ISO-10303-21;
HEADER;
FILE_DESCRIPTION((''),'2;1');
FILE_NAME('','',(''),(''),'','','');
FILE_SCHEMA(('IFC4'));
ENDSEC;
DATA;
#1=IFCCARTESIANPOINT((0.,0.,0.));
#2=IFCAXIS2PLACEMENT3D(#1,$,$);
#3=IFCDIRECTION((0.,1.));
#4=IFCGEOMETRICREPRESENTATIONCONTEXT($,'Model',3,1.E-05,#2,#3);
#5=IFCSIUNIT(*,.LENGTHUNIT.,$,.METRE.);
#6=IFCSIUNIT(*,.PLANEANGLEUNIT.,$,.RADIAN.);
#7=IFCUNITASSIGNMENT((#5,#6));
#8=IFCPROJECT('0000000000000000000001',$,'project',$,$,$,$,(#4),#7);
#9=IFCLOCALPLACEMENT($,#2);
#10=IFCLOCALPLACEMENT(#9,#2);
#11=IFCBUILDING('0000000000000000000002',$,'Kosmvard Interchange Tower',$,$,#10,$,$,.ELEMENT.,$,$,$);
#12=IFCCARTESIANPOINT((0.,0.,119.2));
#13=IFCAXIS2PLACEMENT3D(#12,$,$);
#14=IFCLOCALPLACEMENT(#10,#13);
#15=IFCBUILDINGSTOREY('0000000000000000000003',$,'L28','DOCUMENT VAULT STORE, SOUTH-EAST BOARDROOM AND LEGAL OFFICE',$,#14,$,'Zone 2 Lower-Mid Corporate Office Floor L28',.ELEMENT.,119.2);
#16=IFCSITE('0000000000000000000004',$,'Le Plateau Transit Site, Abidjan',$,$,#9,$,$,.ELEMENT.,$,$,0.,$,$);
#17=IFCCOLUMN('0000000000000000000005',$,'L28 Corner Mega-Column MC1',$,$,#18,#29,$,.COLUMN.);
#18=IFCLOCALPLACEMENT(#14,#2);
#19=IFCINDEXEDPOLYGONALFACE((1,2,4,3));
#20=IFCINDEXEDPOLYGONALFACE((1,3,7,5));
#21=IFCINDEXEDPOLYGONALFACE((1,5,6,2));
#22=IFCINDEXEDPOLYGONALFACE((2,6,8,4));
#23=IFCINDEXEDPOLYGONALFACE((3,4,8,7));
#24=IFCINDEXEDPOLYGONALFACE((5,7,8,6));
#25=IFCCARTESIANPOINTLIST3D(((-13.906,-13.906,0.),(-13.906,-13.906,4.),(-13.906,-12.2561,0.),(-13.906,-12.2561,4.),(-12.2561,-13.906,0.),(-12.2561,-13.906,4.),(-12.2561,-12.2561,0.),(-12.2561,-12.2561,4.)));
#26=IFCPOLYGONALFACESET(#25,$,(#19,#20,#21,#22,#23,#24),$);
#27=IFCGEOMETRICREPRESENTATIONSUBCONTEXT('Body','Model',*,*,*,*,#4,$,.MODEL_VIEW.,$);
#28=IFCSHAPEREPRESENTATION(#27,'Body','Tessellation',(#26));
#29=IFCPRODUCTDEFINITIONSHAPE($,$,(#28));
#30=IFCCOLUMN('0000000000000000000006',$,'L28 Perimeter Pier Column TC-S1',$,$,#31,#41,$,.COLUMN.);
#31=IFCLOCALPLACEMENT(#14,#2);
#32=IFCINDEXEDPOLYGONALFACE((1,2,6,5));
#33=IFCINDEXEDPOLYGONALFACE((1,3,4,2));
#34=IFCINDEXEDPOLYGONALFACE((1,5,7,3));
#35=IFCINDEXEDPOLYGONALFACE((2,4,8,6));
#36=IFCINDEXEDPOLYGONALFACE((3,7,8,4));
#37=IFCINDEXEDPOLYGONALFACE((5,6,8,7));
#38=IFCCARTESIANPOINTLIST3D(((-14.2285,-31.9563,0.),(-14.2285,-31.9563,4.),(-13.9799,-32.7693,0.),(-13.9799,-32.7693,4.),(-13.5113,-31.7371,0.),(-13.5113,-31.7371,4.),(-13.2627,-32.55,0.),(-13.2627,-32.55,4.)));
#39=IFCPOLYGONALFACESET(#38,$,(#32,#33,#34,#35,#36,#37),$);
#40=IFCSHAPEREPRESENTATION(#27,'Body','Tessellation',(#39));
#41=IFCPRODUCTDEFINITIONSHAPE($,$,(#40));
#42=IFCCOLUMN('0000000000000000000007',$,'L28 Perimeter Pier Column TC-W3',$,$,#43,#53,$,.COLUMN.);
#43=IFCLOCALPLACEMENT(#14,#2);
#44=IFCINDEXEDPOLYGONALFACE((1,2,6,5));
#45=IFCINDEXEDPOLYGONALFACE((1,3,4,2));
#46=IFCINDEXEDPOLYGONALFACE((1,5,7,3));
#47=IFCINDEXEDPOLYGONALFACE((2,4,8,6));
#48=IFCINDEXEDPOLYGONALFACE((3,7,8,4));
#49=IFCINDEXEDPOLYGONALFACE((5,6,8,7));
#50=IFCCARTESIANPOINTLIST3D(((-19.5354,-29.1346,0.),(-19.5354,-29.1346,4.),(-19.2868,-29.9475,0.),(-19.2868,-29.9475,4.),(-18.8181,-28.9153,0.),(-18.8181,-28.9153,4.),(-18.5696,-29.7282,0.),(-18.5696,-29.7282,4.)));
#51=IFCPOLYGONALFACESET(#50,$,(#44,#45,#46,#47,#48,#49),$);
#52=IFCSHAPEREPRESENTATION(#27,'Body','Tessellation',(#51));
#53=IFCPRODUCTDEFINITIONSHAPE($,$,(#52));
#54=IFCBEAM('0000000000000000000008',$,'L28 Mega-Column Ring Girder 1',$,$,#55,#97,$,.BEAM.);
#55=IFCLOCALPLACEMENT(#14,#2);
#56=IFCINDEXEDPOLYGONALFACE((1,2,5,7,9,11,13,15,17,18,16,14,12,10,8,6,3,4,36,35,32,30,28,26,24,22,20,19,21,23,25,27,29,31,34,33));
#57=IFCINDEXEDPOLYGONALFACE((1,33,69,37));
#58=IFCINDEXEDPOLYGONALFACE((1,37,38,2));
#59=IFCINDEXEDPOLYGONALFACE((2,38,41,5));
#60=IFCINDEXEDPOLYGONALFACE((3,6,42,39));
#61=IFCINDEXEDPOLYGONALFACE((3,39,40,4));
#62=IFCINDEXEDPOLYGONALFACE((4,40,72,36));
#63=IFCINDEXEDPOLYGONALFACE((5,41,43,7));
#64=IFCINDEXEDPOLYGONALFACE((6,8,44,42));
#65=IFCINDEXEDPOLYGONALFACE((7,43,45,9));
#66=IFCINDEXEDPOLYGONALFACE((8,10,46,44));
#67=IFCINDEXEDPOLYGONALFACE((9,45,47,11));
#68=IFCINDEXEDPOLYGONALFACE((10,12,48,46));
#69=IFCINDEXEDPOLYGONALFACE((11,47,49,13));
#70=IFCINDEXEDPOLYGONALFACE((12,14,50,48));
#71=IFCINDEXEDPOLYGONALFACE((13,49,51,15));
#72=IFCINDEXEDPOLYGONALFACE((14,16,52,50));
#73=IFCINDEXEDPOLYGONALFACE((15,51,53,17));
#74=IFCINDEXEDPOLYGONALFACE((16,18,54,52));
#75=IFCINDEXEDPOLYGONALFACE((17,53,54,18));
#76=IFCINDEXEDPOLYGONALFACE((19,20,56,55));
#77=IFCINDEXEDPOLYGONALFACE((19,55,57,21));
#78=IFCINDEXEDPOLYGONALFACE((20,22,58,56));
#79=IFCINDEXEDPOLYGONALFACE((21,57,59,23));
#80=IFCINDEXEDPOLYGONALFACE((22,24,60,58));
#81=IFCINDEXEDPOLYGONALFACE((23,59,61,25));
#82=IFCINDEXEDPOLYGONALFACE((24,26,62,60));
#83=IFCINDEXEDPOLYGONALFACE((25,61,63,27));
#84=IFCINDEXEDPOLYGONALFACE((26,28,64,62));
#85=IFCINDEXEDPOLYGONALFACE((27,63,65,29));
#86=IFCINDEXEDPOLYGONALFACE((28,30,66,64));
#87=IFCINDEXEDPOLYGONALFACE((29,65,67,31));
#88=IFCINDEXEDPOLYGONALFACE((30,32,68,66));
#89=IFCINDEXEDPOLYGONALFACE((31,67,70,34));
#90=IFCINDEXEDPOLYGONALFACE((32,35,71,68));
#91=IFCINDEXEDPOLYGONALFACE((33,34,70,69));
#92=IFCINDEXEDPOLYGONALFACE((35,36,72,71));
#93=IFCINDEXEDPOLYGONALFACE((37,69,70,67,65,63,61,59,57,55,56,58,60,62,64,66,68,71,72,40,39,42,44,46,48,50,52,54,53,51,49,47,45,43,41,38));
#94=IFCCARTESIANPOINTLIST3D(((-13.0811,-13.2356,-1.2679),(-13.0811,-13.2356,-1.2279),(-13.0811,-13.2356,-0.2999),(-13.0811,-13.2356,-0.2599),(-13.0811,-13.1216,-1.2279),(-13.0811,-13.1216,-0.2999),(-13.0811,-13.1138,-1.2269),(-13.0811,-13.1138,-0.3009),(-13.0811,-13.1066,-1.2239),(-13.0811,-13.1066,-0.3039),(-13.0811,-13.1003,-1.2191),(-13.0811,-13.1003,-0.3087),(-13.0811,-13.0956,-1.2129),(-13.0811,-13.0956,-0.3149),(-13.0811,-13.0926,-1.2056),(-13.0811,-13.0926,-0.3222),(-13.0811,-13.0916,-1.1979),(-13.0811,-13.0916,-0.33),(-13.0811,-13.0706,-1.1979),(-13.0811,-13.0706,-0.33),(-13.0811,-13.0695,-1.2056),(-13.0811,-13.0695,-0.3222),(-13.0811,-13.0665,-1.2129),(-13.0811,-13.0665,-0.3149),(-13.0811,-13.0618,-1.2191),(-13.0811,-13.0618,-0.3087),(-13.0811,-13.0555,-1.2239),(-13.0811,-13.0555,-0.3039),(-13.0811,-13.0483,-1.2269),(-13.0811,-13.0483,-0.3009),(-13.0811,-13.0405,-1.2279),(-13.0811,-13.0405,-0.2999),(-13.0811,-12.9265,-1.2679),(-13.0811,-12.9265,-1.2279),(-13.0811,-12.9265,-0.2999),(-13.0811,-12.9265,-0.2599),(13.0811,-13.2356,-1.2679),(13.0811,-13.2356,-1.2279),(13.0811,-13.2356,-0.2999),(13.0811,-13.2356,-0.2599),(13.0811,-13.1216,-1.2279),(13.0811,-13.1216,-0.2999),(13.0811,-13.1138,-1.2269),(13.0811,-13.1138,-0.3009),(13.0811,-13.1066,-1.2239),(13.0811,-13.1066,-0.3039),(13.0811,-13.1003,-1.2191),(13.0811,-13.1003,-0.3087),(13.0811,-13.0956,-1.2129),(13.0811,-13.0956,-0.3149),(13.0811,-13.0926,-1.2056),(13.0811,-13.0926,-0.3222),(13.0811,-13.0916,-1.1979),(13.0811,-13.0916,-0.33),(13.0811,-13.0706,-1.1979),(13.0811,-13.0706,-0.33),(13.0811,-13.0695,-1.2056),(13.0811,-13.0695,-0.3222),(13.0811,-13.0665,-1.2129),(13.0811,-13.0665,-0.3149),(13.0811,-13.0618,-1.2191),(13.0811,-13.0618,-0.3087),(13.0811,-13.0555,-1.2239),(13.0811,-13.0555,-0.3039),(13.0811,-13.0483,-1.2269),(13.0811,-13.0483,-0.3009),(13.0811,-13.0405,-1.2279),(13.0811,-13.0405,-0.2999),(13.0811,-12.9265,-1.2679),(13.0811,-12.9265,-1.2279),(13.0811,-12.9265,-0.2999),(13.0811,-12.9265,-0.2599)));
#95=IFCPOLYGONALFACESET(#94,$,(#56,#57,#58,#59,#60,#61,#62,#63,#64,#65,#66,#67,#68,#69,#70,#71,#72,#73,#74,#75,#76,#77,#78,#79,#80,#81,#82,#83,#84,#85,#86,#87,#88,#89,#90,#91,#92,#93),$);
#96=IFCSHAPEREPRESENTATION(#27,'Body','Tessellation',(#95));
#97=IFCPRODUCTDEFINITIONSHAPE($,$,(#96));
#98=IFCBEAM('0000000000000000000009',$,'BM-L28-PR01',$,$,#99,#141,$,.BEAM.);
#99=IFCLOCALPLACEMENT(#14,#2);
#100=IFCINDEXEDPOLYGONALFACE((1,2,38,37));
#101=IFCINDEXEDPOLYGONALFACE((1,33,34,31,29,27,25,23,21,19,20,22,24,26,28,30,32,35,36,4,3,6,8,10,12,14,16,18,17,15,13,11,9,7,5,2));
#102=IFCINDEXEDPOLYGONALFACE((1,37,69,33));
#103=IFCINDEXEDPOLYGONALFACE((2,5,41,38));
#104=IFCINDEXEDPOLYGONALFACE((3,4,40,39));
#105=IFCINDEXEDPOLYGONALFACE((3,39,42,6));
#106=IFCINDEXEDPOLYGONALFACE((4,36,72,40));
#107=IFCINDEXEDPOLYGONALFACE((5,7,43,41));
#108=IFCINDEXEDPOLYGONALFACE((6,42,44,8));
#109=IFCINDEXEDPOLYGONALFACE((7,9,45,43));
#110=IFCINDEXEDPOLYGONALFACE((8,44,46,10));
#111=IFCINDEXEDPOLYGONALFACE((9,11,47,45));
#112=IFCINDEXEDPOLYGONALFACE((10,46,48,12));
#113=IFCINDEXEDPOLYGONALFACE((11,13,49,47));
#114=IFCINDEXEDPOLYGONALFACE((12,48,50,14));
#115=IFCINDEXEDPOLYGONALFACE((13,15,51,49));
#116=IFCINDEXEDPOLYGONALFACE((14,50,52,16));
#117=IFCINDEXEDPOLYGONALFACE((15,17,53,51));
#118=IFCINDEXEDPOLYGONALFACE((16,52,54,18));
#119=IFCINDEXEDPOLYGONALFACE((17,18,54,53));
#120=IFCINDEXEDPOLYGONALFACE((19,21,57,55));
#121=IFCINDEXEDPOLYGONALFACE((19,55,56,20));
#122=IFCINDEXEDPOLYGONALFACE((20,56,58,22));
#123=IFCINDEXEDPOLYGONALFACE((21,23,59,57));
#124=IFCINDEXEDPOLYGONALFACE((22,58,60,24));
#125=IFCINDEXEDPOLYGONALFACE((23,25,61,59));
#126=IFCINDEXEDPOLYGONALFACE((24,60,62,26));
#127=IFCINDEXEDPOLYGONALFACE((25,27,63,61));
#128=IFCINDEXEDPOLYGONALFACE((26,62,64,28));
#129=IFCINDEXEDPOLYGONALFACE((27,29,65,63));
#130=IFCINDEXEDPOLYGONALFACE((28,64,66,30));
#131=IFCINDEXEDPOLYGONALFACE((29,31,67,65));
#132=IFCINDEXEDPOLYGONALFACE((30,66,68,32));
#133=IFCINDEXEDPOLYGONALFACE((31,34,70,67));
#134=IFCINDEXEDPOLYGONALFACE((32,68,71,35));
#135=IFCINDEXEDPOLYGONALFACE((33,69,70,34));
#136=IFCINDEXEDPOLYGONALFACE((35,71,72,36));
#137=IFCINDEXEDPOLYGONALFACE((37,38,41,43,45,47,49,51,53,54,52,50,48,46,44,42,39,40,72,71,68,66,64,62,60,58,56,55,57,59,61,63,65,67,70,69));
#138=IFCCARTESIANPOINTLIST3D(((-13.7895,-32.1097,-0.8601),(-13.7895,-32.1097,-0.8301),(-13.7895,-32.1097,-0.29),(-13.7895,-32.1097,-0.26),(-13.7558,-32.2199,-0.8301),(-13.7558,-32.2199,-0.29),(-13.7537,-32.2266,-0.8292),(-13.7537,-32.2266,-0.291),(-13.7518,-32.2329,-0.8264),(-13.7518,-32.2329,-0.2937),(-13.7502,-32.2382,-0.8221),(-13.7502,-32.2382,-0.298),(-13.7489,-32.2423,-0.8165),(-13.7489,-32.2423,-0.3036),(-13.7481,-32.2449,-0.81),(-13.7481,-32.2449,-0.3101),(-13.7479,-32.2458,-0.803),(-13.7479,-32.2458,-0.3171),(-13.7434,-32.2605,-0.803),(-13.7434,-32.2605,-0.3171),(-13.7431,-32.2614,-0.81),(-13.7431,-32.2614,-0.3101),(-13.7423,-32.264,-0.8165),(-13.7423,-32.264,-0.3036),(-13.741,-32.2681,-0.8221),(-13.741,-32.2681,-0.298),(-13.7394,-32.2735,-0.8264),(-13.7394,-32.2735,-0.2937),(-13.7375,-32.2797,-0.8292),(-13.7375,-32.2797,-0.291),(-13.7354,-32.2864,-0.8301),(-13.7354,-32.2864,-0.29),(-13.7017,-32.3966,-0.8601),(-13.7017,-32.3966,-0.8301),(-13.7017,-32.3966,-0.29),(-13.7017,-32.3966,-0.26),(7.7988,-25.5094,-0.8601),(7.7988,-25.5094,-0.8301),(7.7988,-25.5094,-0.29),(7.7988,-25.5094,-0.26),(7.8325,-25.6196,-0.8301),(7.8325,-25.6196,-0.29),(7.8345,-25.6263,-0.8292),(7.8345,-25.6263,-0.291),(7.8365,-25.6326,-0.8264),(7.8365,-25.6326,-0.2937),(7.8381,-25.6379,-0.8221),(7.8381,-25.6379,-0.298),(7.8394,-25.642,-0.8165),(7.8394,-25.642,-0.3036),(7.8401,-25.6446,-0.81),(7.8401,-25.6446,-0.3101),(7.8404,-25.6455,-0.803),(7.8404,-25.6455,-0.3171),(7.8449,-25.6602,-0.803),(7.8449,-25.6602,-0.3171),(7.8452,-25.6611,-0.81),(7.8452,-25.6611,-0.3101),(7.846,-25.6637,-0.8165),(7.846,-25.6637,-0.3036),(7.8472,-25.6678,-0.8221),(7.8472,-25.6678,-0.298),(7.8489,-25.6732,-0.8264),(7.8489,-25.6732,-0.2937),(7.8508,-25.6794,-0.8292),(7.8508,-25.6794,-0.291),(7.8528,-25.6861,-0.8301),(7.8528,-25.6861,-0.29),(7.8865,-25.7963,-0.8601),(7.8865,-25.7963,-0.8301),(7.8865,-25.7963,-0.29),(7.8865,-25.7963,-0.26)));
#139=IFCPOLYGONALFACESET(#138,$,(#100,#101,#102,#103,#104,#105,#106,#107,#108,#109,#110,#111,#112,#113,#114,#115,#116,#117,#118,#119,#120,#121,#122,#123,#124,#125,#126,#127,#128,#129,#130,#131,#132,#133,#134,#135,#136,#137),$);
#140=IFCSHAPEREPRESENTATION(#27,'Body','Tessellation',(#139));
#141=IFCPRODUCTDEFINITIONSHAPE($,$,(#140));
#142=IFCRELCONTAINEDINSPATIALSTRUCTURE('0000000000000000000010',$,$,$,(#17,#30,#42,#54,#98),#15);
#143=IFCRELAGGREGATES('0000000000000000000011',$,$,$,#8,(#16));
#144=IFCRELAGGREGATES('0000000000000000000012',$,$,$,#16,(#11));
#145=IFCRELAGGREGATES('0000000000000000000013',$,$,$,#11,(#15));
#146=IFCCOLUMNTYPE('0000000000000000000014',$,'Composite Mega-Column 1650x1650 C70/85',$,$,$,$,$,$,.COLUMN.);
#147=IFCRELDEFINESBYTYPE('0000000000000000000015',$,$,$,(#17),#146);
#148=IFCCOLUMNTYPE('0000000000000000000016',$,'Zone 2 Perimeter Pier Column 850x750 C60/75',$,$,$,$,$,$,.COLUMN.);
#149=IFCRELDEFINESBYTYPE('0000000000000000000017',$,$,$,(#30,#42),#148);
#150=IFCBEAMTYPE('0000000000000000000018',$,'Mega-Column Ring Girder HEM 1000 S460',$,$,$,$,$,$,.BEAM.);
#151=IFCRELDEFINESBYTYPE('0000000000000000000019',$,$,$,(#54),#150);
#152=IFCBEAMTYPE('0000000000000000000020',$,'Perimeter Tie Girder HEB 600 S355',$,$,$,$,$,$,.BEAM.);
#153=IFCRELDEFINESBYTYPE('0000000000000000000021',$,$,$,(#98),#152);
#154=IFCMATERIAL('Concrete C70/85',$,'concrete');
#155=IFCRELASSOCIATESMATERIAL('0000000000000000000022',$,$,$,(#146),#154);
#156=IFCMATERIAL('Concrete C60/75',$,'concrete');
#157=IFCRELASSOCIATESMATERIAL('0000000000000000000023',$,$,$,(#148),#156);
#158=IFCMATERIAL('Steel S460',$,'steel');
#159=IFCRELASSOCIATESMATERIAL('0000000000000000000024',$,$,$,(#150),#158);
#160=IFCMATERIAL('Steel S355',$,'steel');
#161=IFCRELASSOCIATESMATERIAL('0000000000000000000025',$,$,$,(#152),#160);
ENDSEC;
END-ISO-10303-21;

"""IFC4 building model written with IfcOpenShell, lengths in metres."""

from ifc_helpers import new_model, si_unit, direction, frame, origin, origin_2d, place, context, subcontext, project, spatial, rectangle, i_section, extrude, source, transform, mapped, material, material_profile, profile_set, type_object, element, save


model = new_model("IFC4")

# Units and contexts
model_context = context("Model", 3, precision=1e-05, world=origin(), true_north=direction((0.0, 1.0)))
body_context = subcontext(model_context, "Body", "Model", "MODEL_VIEW")
ifc_project = project(units=[si_unit("LENGTHUNIT", "METRE"), si_unit("PLANEANGLEUNIT", "RADIAN")], contexts=[model_context])

# Site, building, storey
site_placement = place(None, origin())
site = spatial("IfcSite", under=ifc_project, at=site_placement, Name="Le Plateau Transit Site, Abidjan", CompositionType="ELEMENT", RefElevation=0.0)
building_placement = place(site_placement, origin())
building = spatial("IfcBuilding", under=site, at=building_placement, Name="Kosmvard Interchange Tower", CompositionType="ELEMENT")
storey_placement = place(building_placement, frame((0.0, 0.0, 119.2)))
storey = spatial("IfcBuildingStorey", under=building, at=storey_placement, Name="L28", Description="DOCUMENT VAULT STORE, SOUTH-EAST BOARDROOM AND LEGAL OFFICE", LongName="Zone 2 Lower-Mid Corporate Office Floor L28", CompositionType="ELEMENT", Elevation=119.2)

# Columns
ifc_material_1 = material(Name="Concrete C70/85", Category="concrete")
ifc_material_profile_1 = material_profile(ifc_material_1, rectangle(XDim=1.6499, YDim=1.6499, at=origin_2d()), Name="MC 1650x1650")
ifc_profile_set_1 = profile_set([ifc_material_profile_1], Name="Concrete C70/85")
column_type_1 = type_object("IfcColumnType", Name="Composite Mega-Column 1650x1650 C70/85", PredefinedType="COLUMN", material=ifc_profile_set_1)
shared_shape_1 = source(origin(), body_context, "Body", "SweptSolid", [
    extrude(rectangle(XDim=1.6499, YDim=1.6499, at=origin_2d()), origin(), (0.0, 0.0, 1.0), 4.0),
])
column_placement = place(storey_placement, frame((-13.0811, -13.0811, 0.0), z_axis=(0.0, 0.0, 1.0), x_axis=(1.0, 0.0, 0.0)))
element("IfcColumn", 1, at=column_placement, inside=storey, type_object=column_type_1, Name="L28 Corner Mega-Column MC1", PredefinedType="COLUMN", context=body_context, shape_type="MappedRepresentation", body=[
    mapped(shared_shape_1, transform((0.0, 0.0, 0.0), scale=1.0)),
])
ifc_material_2 = material(Name="Concrete C60/75", Category="concrete")
ifc_material_profile_2 = material_profile(ifc_material_2, rectangle(XDim=0.75, YDim=0.8501, at=origin_2d()), Name="TC 850x750")
ifc_profile_set_2 = profile_set([ifc_material_profile_2], Name="Concrete C60/75")
column_type_2 = type_object("IfcColumnType", Name="Zone 2 Perimeter Pier Column 850x750 C60/75", PredefinedType="COLUMN", material=ifc_profile_set_2)
shared_shape_2 = source(origin(), body_context, "Body", "SweptSolid", [
    extrude(rectangle(XDim=0.75, YDim=0.8501, at=origin_2d()), origin(), (0.0, 0.0, 1.0), 4.0),
])
for number, where, z_axis, x_axis, name in (
    (2, (-13.7456, -32.2532, 0.0), (0.0, 0.0, 1.0), (0.956305, 0.292372, 0.0), "L28 Perimeter Pier Column TC-S1"),
    (3, (-19.0525, -29.4314, 0.0), (0.0, 0.0, 1.0), (0.956305, 0.292372, 0.0), "L28 Perimeter Pier Column TC-W3"),
):
    element("IfcColumn", number, at=place(storey_placement, frame(where, z_axis=z_axis, x_axis=x_axis)), inside=storey, type_object=column_type_2, Name=name, PredefinedType="COLUMN", context=body_context, shape_type="MappedRepresentation", body=[
        mapped(shared_shape_2, transform((0.0, 0.0, 0.0), scale=1.0)),
    ])

# Beams
ifc_material_3 = material(Name="Steel S460", Category="steel")
ifc_material_profile_3 = material_profile(ifc_material_3, i_section(OverallWidth=0.3091, OverallDepth=1.0081, WebThickness=0.021, FlangeThickness=0.04, FilletRadius=0.03, at=origin_2d()), Name="HEM 1000")
ifc_profile_set_3 = profile_set([ifc_material_profile_3], Name="Steel S460")
beam_type_1 = type_object("IfcBeamType", Name="Mega-Column Ring Girder HEM 1000 S460", PredefinedType="BEAM", material=ifc_profile_set_3)
shared_shape_3 = source(origin(), body_context, "Body", "SweptSolid", [
    extrude(i_section(OverallWidth=0.3091, OverallDepth=1.0081, WebThickness=0.021, FlangeThickness=0.04, FilletRadius=0.03, at=origin_2d()), origin(), (0.0, 0.0, 1.0), 26.1621),
])
beam_1_placement = place(storey_placement, frame((-13.0811, -13.0811, -0.7639), z_axis=(1.0, 0.0, 0.0), x_axis=(0.0, 1.0, 0.0)))
element("IfcBeam", 4, at=beam_1_placement, inside=storey, type_object=beam_type_1, Name="L28 Mega-Column Ring Girder 1", PredefinedType="BEAM", context=body_context, shape_type="MappedRepresentation", body=[
    mapped(shared_shape_3, transform((0.0, 0.0, 0.0), scale=1.0)),
])
ifc_material_4 = material(Name="Steel S355", Category="steel")
ifc_material_profile_4 = material_profile(ifc_material_4, i_section(OverallWidth=0.3, OverallDepth=0.6001, WebThickness=0.0154, FlangeThickness=0.03, FilletRadius=0.0271, at=origin_2d()), Name="HEB 600")
ifc_profile_set_4 = profile_set([ifc_material_profile_4], Name="Steel S355")
beam_type_2 = type_object("IfcBeamType", Name="Perimeter Tie Girder HEB 600 S355", PredefinedType="BEAM", material=ifc_profile_set_4)
shared_shape_4 = source(origin(), body_context, "Body", "SweptSolid", [
    extrude(i_section(OverallWidth=0.3, OverallDepth=0.6001, WebThickness=0.0154, FlangeThickness=0.03, FilletRadius=0.0271, at=origin_2d()), origin(), (0.0, 0.0, 1.0), 22.5747),
])
beam_2_placement = place(storey_placement, frame((-13.7456, -32.2532, -0.5601), z_axis=(0.956303, 0.292376, 0.0), x_axis=(-0.292376, 0.956303, 0.0)))
element("IfcBeam", 5, at=beam_2_placement, inside=storey, type_object=beam_type_2, Name="BM-L28-PR01", PredefinedType="BEAM", context=body_context, shape_type="MappedRepresentation", body=[
    mapped(shared_shape_4, transform((0.0, 0.0, 0.0), scale=1.0)),
])

save(model, "model.ifc")
